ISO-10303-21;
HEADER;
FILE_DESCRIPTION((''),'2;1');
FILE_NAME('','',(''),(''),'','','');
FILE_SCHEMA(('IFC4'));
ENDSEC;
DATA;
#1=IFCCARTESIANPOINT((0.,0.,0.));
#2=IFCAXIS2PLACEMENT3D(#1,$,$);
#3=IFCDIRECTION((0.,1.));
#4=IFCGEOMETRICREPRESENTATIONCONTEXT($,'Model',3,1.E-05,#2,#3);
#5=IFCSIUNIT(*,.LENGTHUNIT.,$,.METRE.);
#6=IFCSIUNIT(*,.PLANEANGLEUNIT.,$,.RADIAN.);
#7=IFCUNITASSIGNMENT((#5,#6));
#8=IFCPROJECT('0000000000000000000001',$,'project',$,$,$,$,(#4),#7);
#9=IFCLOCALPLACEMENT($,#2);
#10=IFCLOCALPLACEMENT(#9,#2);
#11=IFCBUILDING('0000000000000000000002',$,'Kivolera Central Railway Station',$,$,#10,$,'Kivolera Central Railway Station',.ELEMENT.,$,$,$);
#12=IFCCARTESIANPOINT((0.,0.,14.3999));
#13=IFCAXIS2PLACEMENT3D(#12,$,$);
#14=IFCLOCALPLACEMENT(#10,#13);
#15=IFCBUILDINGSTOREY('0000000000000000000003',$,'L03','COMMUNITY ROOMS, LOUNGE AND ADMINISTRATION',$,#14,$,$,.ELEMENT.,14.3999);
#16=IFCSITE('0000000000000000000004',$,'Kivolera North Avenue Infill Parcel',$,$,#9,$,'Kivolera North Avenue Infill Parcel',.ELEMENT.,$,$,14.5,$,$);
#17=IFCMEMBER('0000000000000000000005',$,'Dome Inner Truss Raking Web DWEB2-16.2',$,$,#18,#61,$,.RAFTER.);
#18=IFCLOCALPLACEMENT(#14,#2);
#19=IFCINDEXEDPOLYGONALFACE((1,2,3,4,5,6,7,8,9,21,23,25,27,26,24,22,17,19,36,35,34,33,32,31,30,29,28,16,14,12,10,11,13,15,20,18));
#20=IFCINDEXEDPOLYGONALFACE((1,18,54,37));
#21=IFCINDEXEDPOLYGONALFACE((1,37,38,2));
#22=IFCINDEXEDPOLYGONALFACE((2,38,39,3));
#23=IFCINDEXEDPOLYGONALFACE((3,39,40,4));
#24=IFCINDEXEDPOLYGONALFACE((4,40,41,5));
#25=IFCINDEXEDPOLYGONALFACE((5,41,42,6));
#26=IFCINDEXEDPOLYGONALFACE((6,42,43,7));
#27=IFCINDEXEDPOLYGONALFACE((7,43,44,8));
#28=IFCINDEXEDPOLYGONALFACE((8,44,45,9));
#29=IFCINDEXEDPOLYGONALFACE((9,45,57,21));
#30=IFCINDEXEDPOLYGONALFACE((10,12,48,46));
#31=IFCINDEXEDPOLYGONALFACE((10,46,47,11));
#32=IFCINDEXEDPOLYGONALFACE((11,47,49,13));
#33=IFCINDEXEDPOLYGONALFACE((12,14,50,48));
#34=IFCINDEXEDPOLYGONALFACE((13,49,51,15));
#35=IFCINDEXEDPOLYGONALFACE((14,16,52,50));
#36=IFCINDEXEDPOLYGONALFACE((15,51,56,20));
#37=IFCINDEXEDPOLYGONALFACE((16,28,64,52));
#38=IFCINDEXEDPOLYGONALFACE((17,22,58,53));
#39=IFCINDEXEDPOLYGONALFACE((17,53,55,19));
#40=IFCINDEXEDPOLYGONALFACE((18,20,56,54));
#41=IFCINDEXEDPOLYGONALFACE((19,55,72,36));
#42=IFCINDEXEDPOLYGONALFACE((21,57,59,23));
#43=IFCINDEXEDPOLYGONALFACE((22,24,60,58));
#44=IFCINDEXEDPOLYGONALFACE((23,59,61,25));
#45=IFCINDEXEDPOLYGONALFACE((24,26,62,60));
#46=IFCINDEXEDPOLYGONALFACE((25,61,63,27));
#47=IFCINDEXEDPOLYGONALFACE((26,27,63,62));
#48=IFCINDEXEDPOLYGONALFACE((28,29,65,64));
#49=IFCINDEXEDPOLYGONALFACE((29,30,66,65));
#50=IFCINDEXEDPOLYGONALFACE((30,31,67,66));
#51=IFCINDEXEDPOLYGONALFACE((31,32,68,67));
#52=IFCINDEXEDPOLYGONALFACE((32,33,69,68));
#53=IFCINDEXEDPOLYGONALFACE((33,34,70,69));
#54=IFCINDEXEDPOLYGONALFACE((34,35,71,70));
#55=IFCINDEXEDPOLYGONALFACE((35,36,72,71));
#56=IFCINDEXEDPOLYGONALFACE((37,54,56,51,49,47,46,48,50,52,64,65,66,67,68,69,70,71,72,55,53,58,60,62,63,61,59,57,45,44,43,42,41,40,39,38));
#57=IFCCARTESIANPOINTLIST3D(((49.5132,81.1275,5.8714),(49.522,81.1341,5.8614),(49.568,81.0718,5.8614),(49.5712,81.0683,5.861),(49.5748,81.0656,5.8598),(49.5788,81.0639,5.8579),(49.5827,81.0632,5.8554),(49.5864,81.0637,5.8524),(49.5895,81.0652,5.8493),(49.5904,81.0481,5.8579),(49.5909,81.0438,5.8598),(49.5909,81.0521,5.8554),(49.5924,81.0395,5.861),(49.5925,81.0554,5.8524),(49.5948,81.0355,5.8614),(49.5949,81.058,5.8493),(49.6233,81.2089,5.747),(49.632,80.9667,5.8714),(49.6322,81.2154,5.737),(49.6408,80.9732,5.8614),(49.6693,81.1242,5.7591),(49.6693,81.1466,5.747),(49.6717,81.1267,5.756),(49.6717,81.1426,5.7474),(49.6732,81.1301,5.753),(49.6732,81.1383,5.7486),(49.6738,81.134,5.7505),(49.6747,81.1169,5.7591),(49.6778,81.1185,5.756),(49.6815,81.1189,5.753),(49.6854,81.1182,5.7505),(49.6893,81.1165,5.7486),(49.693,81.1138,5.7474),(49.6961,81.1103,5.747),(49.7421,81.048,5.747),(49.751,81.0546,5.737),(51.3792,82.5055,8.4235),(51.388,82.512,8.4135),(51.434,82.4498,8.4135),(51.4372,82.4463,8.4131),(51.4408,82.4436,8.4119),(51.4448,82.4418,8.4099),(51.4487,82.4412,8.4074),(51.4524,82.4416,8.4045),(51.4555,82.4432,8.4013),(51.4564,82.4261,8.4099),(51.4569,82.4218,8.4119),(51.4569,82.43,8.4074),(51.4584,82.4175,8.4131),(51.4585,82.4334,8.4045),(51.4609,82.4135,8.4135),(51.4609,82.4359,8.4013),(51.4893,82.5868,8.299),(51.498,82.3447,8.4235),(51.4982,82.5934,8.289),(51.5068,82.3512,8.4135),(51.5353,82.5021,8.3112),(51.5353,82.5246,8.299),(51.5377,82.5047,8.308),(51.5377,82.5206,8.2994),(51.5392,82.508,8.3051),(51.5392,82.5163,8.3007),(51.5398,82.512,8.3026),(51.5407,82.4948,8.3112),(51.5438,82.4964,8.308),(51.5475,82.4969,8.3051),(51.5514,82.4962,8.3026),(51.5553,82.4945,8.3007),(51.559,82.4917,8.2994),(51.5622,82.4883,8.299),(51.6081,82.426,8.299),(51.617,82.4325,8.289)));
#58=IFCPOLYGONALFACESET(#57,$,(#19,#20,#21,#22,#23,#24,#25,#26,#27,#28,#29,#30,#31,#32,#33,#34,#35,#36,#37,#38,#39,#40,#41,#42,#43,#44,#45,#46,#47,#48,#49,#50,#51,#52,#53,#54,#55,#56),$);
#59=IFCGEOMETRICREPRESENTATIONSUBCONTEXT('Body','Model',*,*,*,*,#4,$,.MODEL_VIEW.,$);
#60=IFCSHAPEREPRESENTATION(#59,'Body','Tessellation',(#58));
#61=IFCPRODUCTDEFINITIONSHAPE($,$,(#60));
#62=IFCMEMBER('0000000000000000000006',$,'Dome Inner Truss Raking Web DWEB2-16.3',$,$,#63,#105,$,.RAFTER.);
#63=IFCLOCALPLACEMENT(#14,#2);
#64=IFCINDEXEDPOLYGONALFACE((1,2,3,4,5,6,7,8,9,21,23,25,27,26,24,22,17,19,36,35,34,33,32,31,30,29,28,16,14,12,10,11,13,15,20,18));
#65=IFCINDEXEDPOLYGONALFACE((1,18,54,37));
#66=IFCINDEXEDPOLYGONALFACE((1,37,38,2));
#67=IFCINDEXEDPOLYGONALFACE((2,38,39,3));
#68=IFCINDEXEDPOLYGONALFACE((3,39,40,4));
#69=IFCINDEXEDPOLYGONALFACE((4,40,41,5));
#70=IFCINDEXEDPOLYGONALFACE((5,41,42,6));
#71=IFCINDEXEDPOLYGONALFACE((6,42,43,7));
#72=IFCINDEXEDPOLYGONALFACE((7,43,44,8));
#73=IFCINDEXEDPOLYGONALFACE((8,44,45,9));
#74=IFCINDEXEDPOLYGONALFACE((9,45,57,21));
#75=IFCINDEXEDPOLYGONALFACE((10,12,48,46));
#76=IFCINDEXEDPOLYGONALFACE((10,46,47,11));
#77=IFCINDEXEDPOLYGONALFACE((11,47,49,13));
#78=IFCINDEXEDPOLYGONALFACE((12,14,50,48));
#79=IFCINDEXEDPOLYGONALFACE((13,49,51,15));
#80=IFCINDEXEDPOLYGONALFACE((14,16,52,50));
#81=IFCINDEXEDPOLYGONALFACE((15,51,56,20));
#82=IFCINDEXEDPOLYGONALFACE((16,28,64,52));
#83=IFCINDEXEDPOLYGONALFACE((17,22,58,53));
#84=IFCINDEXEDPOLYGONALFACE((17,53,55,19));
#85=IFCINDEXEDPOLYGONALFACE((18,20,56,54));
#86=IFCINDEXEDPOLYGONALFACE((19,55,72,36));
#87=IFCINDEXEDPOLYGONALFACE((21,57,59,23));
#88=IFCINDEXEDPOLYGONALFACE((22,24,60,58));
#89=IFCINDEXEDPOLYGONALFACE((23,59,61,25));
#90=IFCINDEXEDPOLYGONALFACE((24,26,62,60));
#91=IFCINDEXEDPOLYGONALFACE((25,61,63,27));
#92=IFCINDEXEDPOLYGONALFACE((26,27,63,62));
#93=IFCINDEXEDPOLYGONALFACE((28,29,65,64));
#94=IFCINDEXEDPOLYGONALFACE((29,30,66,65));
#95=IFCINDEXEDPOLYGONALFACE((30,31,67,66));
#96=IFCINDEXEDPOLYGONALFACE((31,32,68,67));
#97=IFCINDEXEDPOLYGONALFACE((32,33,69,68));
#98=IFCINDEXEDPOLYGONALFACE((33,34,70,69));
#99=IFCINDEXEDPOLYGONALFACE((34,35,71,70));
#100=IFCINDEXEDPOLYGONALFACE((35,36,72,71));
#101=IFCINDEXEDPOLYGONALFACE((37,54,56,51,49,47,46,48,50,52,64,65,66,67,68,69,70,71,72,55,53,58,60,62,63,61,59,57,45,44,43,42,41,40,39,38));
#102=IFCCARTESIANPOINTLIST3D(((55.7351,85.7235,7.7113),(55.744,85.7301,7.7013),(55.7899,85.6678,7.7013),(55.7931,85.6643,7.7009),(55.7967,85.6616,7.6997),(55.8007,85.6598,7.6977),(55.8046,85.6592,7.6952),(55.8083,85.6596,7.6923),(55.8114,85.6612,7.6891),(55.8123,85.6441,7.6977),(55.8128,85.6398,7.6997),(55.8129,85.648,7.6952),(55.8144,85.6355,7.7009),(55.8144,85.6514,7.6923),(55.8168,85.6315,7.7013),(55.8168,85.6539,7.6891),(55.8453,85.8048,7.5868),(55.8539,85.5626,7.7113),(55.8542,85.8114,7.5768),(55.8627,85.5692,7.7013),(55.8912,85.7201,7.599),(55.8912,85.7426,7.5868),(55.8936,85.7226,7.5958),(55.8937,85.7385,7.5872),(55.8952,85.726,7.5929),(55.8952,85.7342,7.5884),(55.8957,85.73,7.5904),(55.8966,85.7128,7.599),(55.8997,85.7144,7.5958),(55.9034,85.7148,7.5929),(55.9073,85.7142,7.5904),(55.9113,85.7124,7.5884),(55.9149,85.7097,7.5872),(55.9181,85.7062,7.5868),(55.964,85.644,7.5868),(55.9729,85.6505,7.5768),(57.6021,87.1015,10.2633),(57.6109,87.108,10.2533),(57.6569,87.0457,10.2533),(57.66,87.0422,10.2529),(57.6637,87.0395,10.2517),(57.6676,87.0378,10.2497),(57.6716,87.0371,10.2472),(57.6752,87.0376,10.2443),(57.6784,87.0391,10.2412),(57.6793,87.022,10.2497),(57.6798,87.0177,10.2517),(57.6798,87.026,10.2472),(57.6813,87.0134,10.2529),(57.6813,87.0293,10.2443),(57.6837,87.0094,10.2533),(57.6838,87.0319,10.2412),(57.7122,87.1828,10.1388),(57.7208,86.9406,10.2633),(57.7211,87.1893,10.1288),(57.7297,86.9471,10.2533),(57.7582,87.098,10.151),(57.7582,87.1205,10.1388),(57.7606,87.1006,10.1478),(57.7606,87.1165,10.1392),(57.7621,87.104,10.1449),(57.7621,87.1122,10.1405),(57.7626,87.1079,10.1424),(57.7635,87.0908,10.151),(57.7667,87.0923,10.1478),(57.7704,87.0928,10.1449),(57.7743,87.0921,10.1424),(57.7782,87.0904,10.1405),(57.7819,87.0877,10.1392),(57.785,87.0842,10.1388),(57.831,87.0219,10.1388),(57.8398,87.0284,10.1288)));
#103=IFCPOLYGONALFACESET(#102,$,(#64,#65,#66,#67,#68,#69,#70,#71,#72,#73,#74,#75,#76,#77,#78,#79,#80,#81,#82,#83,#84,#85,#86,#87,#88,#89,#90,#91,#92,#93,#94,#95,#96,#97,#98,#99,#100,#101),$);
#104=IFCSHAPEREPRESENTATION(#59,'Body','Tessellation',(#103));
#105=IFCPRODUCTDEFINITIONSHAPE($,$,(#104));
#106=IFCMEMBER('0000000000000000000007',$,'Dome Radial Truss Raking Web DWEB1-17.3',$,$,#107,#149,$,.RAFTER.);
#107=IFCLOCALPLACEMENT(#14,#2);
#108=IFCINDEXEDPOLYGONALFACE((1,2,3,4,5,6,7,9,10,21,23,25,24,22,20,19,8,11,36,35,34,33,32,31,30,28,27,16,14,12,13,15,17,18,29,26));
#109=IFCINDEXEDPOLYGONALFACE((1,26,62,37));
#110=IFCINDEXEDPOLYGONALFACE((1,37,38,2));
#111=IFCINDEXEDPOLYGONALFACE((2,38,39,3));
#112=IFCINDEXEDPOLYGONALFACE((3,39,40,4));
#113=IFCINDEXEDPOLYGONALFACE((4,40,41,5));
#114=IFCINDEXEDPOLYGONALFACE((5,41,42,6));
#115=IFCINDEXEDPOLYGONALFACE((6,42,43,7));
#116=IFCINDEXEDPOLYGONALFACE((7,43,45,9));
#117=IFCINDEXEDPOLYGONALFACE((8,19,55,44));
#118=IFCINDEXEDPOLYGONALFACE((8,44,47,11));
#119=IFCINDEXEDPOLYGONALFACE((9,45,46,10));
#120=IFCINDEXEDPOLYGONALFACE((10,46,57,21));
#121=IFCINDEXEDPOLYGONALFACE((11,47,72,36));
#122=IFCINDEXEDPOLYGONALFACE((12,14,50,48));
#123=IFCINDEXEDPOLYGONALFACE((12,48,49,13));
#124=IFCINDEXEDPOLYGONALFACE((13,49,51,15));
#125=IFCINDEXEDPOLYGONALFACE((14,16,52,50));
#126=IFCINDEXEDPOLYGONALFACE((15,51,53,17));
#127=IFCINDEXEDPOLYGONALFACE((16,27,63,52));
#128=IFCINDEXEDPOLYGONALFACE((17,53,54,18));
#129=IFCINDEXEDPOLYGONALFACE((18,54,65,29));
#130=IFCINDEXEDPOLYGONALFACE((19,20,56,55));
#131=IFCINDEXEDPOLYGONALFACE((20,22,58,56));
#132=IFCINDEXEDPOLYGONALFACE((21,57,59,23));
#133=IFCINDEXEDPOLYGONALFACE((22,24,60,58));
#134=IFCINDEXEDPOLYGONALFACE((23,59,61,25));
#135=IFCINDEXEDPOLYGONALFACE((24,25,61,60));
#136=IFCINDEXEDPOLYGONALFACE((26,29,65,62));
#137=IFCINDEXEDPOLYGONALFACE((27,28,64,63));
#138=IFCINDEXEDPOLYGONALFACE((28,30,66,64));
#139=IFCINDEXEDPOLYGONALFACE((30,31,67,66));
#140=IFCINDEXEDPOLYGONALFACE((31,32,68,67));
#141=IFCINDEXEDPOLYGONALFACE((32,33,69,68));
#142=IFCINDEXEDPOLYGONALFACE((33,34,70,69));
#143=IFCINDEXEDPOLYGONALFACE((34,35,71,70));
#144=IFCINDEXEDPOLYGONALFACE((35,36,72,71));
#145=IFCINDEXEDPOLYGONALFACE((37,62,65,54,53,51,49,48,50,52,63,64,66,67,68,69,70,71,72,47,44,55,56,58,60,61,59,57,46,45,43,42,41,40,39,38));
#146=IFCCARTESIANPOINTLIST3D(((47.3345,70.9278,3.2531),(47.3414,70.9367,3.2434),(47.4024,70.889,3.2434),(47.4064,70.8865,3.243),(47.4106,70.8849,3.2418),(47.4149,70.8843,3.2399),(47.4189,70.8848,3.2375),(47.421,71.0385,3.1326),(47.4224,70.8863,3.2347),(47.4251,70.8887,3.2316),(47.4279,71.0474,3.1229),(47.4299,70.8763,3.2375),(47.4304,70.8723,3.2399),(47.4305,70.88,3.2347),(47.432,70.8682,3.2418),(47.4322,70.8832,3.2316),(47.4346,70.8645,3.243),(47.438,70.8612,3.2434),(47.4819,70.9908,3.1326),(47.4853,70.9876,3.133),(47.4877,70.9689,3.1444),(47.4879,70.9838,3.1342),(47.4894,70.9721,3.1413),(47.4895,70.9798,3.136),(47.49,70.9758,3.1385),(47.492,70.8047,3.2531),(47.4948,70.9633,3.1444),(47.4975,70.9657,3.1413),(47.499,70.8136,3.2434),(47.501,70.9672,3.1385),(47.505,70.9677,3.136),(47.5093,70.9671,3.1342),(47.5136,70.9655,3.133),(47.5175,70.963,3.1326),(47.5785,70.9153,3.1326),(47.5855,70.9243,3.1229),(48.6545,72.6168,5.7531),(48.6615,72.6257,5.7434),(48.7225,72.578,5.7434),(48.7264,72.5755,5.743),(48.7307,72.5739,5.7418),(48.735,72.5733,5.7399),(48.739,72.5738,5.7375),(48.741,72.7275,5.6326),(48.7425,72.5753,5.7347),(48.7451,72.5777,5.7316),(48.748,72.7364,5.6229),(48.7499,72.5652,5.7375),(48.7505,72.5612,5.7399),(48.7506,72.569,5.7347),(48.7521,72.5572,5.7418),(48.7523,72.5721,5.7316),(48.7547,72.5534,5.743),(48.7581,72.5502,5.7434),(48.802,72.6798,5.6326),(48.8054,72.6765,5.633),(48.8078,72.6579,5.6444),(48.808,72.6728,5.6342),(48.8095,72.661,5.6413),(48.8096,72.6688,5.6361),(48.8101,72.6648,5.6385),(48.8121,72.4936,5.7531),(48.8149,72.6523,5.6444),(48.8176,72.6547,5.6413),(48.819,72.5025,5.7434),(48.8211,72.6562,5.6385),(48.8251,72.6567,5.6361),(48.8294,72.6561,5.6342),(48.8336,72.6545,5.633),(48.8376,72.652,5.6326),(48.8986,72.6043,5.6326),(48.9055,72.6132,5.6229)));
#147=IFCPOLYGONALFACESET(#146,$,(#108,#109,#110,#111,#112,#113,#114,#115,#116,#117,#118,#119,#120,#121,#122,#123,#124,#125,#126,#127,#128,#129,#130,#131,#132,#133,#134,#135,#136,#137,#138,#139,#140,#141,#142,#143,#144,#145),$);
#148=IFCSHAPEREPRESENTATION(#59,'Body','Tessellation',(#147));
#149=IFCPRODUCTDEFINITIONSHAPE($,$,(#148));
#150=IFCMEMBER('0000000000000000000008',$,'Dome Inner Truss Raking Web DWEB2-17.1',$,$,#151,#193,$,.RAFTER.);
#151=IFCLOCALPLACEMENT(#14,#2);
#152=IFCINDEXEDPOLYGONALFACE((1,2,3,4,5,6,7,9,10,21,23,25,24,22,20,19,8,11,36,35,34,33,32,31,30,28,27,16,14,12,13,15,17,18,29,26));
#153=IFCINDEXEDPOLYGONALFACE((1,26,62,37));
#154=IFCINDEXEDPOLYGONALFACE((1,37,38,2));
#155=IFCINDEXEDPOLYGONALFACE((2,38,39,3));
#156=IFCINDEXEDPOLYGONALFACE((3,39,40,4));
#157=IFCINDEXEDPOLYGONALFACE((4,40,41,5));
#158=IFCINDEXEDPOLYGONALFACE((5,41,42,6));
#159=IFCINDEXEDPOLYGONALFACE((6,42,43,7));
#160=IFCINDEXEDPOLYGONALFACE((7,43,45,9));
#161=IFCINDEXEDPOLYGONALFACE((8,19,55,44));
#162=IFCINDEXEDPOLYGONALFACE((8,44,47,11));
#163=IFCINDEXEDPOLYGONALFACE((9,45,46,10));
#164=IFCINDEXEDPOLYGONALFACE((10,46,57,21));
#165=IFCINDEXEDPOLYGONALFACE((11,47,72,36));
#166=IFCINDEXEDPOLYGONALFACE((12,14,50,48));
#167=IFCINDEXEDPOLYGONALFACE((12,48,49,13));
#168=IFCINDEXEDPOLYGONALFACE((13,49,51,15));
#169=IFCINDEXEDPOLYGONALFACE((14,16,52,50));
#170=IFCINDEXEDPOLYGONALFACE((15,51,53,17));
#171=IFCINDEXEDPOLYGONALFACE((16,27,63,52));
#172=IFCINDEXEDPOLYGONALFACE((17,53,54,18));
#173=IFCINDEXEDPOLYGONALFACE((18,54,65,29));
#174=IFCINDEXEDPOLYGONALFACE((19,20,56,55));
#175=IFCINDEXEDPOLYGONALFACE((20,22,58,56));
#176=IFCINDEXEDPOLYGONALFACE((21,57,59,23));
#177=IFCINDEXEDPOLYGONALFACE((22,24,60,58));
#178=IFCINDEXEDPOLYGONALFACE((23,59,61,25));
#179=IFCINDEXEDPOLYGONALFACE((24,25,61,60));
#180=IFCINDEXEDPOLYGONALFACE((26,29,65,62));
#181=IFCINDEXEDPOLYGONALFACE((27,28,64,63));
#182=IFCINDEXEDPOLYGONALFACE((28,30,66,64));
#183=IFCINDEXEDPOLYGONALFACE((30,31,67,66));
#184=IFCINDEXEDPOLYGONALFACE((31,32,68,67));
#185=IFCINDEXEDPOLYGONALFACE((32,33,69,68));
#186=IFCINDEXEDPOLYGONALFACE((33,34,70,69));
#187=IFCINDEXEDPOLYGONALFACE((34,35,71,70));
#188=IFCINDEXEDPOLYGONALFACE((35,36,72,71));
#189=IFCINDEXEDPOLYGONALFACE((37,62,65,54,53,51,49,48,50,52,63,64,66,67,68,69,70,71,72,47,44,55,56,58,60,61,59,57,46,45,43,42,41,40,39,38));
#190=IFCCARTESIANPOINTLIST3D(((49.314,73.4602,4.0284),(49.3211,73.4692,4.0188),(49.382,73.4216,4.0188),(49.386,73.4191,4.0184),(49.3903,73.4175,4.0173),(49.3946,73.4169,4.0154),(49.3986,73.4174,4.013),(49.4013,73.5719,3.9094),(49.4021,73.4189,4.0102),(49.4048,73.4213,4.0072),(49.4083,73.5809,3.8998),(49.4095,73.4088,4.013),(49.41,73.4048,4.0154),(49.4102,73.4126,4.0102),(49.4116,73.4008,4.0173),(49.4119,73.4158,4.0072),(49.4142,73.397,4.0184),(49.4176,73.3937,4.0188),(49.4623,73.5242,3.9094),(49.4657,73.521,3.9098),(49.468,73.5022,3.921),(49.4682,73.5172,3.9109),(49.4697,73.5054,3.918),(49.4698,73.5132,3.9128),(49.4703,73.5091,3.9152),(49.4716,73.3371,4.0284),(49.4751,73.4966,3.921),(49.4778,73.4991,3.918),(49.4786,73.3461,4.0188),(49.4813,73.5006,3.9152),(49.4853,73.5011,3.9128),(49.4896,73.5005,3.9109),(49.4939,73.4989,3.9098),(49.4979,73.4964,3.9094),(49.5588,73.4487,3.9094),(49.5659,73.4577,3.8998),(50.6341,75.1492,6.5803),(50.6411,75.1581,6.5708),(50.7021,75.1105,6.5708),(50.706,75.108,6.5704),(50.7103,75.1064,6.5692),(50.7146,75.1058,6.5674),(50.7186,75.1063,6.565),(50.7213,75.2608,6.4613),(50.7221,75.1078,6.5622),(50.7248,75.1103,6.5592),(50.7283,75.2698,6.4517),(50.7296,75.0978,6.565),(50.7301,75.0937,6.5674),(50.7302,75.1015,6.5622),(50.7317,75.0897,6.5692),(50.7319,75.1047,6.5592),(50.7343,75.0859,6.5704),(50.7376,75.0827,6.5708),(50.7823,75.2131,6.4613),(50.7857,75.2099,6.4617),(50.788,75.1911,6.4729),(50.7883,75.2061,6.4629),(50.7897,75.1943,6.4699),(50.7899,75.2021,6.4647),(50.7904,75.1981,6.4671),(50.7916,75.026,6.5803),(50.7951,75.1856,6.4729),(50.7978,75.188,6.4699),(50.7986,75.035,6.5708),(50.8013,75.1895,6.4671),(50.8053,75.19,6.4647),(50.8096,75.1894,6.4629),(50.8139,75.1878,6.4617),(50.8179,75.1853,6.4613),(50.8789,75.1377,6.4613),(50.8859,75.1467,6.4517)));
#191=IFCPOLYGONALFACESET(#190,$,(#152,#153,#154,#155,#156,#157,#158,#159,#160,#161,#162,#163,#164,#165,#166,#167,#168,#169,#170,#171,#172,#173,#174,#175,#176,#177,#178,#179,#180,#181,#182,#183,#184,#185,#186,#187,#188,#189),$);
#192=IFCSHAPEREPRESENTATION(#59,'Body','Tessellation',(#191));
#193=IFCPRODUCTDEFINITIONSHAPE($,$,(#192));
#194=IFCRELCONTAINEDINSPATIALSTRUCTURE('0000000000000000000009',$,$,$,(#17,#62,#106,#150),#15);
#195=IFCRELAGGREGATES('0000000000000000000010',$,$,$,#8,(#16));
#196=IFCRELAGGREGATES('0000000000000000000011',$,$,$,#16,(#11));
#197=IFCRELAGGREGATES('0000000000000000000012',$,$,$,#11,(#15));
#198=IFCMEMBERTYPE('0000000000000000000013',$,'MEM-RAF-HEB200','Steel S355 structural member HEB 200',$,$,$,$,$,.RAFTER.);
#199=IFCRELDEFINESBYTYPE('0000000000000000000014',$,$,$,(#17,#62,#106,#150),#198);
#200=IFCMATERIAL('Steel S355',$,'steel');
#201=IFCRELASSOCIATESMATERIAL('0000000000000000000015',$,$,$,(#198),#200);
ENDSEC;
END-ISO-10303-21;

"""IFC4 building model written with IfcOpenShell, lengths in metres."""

from ifc_helpers import new_model, si_unit, direction, frame, origin, origin_2d, place, context, subcontext, project, spatial, i_section, extrude, material, material_profile, profile_set, type_object, element, save


model = new_model("IFC4")

# Units and contexts
model_context = context("Model", 3, precision=1e-05, world=origin(), true_north=direction((0.0, 1.0)))
body_context = subcontext(model_context, "Body", "Model", "MODEL_VIEW")
ifc_project = project(units=[si_unit("LENGTHUNIT", "METRE"), si_unit("PLANEANGLEUNIT", "RADIAN")], contexts=[model_context])

# Site, building, storey
site_placement = place(None, origin())
site = spatial("IfcSite", under=ifc_project, at=site_placement, Name="Kivolera North Avenue Infill Parcel", LongName="Kivolera North Avenue Infill Parcel", CompositionType="ELEMENT", RefElevation=14.5)
building_placement = place(site_placement, origin())
building = spatial("IfcBuilding", under=site, at=building_placement, Name="Kivolera Central Railway Station", LongName="Kivolera Central Railway Station", CompositionType="ELEMENT")
storey_placement = place(building_placement, frame((0.0, 0.0, 14.3999)))
storey = spatial("IfcBuildingStorey", under=building, at=storey_placement, Name="L03", Description="COMMUNITY ROOMS, LOUNGE AND ADMINISTRATION", CompositionType="ELEMENT", Elevation=14.3999)

# Shared definitions
ifc_material_1 = material(Name="Steel S355", Category="steel")

# Members
ifc_material_profile_1 = material_profile(ifc_material_1, i_section(OverallWidth=0.2, OverallDepth=0.2, WebThickness=0.009, FlangeThickness=0.0149, FilletRadius=0.0181, at=origin_2d()), Name="HEB 200")
ifc_profile_set_1 = profile_set([ifc_material_profile_1], Name="Steel S355")
member_type_1 = type_object("IfcMemberType", Name="MEM-RAF-HEB200", Description="Steel S355 structural member HEB 200", PredefinedType="RAFTER", material=ifc_profile_set_1)
member_1_placement = place(storey_placement, frame((49.6321, 81.0911, 5.8042), z_axis=(0.541071, 0.399555, 0.739999), x_axis=(-0.594039, 0.804436, 0.0)))
element("IfcMember", 1, at=member_1_placement, inside=storey, type_object=member_type_1, Name="Dome Inner Truss Raking Web DWEB2-16.2", PredefinedType="RAFTER", context=body_context, shape_type="SweptSolid", body=[
    extrude(i_section(OverallWidth=0.2, OverallDepth=0.2, WebThickness=0.009, FlangeThickness=0.0149, FilletRadius=0.0181, at=origin_2d()), origin(), (0.0, 0.0, 1.0), 3.4487),
])
member_2_placement = place(storey_placement, frame((55.854, 85.687, 7.644), z_axis=(0.541271, 0.399494, 0.739885), x_axis=(-0.593838, 0.804585, 0.0)))
element("IfcMember", 2, at=member_2_placement, inside=storey, type_object=member_type_1, Name="Dome Inner Truss Raking Web DWEB2-16.3", PredefinedType="RAFTER", context=body_context, shape_type="SweptSolid", body=[
    extrude(i_section(OverallWidth=0.2, OverallDepth=0.2, WebThickness=0.009, FlangeThickness=0.0149, FilletRadius=0.0181, at=origin_2d()), origin(), (0.0, 0.0, 1.0), 3.4492),
])
member_3_placement = place(storey_placement, frame((47.46, 70.926, 3.188), z_axis=(0.400846, 0.512864, 0.759139), x_axis=(-0.787897, 0.615808, 0.0)))
element("IfcMember", 3, at=member_3_placement, inside=storey, type_object=member_type_1, Name="Dome Radial Truss Raking Web DWEB1-17.3", PredefinedType="RAFTER", context=body_context, shape_type="SweptSolid", body=[
    extrude(i_section(OverallWidth=0.2, OverallDepth=0.2, WebThickness=0.009, FlangeThickness=0.0149, FilletRadius=0.0181, at=origin_2d()), origin(), (0.0, 0.0, 1.0), 3.2932),
])
for number, where, z_axis, x_axis, name in (
    (4, (49.4399, 73.459, 3.9641), (0.396078, 0.506763, 0.765711), (-0.787897, 0.615808, 0.0), "Dome Inner Truss Raking Web DWEB2-17.1"),
):
    element("IfcMember", number, at=place(storey_placement, frame(where, z_axis=z_axis, x_axis=x_axis)), inside=storey, type_object=member_type_1, Name=name, PredefinedType="RAFTER", context=body_context, shape_type="SweptSolid", body=[
        extrude(i_section(OverallWidth=0.2, OverallDepth=0.2, WebThickness=0.009, FlangeThickness=0.0149, FilletRadius=0.0181, at=origin_2d()), origin(), (0.0, 0.0, 1.0), 3.3328),
    ])

save(model, "model.ifc")
